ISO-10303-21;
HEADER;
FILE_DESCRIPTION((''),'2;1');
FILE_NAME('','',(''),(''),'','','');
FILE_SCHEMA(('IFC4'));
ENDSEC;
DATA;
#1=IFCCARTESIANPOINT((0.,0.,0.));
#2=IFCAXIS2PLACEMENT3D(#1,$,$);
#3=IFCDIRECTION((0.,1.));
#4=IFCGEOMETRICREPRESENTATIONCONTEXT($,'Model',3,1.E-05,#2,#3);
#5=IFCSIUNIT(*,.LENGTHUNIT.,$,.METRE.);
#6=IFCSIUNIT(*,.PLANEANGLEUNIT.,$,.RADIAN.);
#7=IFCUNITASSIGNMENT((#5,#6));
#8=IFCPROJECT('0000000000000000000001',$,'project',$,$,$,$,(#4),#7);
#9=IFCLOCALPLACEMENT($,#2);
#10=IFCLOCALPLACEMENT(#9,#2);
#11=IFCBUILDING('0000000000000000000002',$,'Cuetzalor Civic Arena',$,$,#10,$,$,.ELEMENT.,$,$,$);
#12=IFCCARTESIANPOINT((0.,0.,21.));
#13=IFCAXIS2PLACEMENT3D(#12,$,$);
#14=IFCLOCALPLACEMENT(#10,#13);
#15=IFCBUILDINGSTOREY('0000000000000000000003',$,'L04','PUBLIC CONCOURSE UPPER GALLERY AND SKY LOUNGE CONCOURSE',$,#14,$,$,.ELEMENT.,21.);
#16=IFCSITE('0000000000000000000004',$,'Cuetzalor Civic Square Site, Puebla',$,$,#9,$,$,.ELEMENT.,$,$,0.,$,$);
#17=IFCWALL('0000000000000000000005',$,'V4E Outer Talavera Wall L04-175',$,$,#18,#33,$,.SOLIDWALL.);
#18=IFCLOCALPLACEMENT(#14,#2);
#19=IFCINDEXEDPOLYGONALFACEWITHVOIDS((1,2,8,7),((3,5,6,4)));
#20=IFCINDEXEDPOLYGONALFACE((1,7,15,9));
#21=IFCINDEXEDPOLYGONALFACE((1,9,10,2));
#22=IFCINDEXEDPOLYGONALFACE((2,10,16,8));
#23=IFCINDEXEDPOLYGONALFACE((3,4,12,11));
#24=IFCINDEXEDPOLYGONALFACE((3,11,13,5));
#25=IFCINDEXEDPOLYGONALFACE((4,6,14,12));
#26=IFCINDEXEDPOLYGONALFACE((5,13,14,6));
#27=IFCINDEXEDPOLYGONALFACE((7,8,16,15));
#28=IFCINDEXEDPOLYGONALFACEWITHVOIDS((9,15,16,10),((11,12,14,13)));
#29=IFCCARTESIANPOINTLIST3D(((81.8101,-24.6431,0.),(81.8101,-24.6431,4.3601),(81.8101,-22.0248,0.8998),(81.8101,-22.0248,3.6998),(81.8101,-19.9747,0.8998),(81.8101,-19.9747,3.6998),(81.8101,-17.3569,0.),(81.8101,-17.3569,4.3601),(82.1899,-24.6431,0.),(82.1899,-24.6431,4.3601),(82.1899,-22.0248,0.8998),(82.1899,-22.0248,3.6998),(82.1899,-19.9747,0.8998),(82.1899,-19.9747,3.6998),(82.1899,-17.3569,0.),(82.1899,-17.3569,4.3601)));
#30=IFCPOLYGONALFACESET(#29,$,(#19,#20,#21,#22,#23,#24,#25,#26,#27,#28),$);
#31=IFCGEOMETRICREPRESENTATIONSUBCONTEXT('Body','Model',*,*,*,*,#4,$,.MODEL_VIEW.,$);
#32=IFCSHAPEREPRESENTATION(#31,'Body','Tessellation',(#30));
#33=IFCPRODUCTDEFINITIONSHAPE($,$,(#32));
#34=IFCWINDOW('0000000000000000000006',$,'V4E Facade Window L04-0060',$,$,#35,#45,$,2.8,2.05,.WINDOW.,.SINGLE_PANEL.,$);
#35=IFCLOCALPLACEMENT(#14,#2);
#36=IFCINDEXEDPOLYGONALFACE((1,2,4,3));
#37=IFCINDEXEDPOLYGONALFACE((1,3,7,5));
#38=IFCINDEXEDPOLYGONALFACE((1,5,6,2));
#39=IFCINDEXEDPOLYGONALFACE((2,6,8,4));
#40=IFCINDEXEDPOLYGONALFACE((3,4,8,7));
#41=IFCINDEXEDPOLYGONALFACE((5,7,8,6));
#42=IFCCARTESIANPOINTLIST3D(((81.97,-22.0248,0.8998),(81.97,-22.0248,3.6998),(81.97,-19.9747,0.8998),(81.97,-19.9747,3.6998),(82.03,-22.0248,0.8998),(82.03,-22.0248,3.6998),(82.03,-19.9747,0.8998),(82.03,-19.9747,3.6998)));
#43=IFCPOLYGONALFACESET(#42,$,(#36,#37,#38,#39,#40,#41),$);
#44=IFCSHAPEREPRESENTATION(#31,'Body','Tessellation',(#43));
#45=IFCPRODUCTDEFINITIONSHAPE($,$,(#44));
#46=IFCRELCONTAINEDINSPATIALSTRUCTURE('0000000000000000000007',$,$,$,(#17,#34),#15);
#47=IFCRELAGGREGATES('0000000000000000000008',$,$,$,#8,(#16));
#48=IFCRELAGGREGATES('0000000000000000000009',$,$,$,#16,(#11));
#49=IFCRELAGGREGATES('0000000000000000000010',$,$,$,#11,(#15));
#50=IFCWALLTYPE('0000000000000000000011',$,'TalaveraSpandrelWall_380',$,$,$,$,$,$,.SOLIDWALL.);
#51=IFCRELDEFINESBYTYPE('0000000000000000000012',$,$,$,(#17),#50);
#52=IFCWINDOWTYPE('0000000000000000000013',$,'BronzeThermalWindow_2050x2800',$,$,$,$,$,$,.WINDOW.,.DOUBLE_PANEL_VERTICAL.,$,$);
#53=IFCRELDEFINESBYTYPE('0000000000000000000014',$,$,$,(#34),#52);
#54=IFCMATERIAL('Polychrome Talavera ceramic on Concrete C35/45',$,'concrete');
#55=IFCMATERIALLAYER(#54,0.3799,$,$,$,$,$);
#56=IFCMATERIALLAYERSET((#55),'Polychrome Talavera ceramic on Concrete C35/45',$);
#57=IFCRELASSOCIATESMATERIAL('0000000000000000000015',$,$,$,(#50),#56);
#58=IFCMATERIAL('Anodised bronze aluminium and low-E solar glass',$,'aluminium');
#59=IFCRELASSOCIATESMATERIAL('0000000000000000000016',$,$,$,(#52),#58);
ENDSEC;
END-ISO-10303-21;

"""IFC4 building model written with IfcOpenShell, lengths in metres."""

from ifc_helpers import new_model, si_unit, direction, frame, frame_2d, origin, place, context, subcontext, project, spatial, rectangle, extrude, material, layer, layer_set, type_object, element, fill, save


model = new_model("IFC4")

# Units and contexts
model_context = context("Model", 3, precision=1e-05, world=origin(), true_north=direction((0.0, 1.0)))
body_context = subcontext(model_context, "Body", "Model", "MODEL_VIEW")
ifc_project = project(units=[si_unit("LENGTHUNIT", "METRE"), si_unit("PLANEANGLEUNIT", "RADIAN")], contexts=[model_context])

# Site, building, storey
site_placement = place(None, origin())
site = spatial("IfcSite", under=ifc_project, at=site_placement, Name="Cuetzalor Civic Square Site, Puebla", CompositionType="ELEMENT", RefElevation=0.0)
building_placement = place(site_placement, origin())
building = spatial("IfcBuilding", under=site, at=building_placement, Name="Cuetzalor Civic Arena", CompositionType="ELEMENT")
storey_placement = place(building_placement, frame((0.0, 0.0, 21.0)))
storey = spatial("IfcBuildingStorey", under=building, at=storey_placement, Name="L04", Description="PUBLIC CONCOURSE UPPER GALLERY AND SKY LOUNGE CONCOURSE", CompositionType="ELEMENT", Elevation=21.0)

# Wall, opening, window
ifc_material_1 = material(Name="Polychrome Talavera ceramic on Concrete C35/45", Category="concrete")
ifc_layer_1 = layer(ifc_material_1, 0.3799)
ifc_layer_set_1 = layer_set([ifc_layer_1], Name="Polychrome Talavera ceramic on Concrete C35/45")
wall_type = type_object("IfcWallType", Name="TalaveraSpandrelWall_380", PredefinedType="SOLIDWALL", material=ifc_layer_set_1)
wall_placement = place(storey_placement, frame((82.0, -17.3569, 0.0), z_axis=(0.0, 0.0, 1.0), x_axis=(0.0, -1.0, 0.0)))
wall = element("IfcWall", 1, at=wall_placement, inside=storey, type_object=wall_type, Name="V4E Outer Talavera Wall L04-175", PredefinedType="SOLIDWALL", context=body_context, shape_type="SweptSolid", body=[
    extrude(rectangle(XDim=7.2861, YDim=0.3799, at=frame_2d((3.6431, 0.0))), origin(), (0.0, 0.0, 1.0), 4.3601),
])
opening_placement = place(wall_placement, frame((2.6179, 0.0, 0.8999)))
opening = element("IfcOpeningElement", 2, at=opening_placement, cuts=wall, PredefinedType="OPENING", context=body_context, shape_type="SweptSolid", body=[
    extrude(rectangle(XDim=2.05, YDim=2.8, at=frame_2d((1.0249, 1.3999))), frame((0.0, 0.2, 0.0), z_axis=(0.0, -1.0, 0.0), x_axis=(1.0, 0.0, 0.0)), (0.0, 0.0, 1.0), 0.3999),
])
ifc_material_2 = material(Name="Anodised bronze aluminium and low-E solar glass", Category="aluminium")
window_type = type_object("IfcWindowType", Name="BronzeThermalWindow_2050x2800", PartitioningType="DOUBLE_PANEL_VERTICAL", PredefinedType="WINDOW", material=ifc_material_2)
window_placement = place(opening_placement, origin())
window = element("IfcWindow", 3, at=window_placement, inside=storey, type_object=window_type, Name="V4E Facade Window L04-0060", OverallHeight=2.8, OverallWidth=2.05, PartitioningType="SINGLE_PANEL", PredefinedType="WINDOW", context=body_context, shape_type="SweptSolid", body=[
    extrude(rectangle(XDim=2.05, YDim=2.8, at=frame_2d((1.0249, 1.3999))), frame((0.0, 0.03, 0.0), z_axis=(0.0, -1.0, 0.0), x_axis=(1.0, 0.0, 0.0)), (0.0, 0.0, 1.0), 0.0601),
])
fill(opening, window)

save(model, "model.ifc")
